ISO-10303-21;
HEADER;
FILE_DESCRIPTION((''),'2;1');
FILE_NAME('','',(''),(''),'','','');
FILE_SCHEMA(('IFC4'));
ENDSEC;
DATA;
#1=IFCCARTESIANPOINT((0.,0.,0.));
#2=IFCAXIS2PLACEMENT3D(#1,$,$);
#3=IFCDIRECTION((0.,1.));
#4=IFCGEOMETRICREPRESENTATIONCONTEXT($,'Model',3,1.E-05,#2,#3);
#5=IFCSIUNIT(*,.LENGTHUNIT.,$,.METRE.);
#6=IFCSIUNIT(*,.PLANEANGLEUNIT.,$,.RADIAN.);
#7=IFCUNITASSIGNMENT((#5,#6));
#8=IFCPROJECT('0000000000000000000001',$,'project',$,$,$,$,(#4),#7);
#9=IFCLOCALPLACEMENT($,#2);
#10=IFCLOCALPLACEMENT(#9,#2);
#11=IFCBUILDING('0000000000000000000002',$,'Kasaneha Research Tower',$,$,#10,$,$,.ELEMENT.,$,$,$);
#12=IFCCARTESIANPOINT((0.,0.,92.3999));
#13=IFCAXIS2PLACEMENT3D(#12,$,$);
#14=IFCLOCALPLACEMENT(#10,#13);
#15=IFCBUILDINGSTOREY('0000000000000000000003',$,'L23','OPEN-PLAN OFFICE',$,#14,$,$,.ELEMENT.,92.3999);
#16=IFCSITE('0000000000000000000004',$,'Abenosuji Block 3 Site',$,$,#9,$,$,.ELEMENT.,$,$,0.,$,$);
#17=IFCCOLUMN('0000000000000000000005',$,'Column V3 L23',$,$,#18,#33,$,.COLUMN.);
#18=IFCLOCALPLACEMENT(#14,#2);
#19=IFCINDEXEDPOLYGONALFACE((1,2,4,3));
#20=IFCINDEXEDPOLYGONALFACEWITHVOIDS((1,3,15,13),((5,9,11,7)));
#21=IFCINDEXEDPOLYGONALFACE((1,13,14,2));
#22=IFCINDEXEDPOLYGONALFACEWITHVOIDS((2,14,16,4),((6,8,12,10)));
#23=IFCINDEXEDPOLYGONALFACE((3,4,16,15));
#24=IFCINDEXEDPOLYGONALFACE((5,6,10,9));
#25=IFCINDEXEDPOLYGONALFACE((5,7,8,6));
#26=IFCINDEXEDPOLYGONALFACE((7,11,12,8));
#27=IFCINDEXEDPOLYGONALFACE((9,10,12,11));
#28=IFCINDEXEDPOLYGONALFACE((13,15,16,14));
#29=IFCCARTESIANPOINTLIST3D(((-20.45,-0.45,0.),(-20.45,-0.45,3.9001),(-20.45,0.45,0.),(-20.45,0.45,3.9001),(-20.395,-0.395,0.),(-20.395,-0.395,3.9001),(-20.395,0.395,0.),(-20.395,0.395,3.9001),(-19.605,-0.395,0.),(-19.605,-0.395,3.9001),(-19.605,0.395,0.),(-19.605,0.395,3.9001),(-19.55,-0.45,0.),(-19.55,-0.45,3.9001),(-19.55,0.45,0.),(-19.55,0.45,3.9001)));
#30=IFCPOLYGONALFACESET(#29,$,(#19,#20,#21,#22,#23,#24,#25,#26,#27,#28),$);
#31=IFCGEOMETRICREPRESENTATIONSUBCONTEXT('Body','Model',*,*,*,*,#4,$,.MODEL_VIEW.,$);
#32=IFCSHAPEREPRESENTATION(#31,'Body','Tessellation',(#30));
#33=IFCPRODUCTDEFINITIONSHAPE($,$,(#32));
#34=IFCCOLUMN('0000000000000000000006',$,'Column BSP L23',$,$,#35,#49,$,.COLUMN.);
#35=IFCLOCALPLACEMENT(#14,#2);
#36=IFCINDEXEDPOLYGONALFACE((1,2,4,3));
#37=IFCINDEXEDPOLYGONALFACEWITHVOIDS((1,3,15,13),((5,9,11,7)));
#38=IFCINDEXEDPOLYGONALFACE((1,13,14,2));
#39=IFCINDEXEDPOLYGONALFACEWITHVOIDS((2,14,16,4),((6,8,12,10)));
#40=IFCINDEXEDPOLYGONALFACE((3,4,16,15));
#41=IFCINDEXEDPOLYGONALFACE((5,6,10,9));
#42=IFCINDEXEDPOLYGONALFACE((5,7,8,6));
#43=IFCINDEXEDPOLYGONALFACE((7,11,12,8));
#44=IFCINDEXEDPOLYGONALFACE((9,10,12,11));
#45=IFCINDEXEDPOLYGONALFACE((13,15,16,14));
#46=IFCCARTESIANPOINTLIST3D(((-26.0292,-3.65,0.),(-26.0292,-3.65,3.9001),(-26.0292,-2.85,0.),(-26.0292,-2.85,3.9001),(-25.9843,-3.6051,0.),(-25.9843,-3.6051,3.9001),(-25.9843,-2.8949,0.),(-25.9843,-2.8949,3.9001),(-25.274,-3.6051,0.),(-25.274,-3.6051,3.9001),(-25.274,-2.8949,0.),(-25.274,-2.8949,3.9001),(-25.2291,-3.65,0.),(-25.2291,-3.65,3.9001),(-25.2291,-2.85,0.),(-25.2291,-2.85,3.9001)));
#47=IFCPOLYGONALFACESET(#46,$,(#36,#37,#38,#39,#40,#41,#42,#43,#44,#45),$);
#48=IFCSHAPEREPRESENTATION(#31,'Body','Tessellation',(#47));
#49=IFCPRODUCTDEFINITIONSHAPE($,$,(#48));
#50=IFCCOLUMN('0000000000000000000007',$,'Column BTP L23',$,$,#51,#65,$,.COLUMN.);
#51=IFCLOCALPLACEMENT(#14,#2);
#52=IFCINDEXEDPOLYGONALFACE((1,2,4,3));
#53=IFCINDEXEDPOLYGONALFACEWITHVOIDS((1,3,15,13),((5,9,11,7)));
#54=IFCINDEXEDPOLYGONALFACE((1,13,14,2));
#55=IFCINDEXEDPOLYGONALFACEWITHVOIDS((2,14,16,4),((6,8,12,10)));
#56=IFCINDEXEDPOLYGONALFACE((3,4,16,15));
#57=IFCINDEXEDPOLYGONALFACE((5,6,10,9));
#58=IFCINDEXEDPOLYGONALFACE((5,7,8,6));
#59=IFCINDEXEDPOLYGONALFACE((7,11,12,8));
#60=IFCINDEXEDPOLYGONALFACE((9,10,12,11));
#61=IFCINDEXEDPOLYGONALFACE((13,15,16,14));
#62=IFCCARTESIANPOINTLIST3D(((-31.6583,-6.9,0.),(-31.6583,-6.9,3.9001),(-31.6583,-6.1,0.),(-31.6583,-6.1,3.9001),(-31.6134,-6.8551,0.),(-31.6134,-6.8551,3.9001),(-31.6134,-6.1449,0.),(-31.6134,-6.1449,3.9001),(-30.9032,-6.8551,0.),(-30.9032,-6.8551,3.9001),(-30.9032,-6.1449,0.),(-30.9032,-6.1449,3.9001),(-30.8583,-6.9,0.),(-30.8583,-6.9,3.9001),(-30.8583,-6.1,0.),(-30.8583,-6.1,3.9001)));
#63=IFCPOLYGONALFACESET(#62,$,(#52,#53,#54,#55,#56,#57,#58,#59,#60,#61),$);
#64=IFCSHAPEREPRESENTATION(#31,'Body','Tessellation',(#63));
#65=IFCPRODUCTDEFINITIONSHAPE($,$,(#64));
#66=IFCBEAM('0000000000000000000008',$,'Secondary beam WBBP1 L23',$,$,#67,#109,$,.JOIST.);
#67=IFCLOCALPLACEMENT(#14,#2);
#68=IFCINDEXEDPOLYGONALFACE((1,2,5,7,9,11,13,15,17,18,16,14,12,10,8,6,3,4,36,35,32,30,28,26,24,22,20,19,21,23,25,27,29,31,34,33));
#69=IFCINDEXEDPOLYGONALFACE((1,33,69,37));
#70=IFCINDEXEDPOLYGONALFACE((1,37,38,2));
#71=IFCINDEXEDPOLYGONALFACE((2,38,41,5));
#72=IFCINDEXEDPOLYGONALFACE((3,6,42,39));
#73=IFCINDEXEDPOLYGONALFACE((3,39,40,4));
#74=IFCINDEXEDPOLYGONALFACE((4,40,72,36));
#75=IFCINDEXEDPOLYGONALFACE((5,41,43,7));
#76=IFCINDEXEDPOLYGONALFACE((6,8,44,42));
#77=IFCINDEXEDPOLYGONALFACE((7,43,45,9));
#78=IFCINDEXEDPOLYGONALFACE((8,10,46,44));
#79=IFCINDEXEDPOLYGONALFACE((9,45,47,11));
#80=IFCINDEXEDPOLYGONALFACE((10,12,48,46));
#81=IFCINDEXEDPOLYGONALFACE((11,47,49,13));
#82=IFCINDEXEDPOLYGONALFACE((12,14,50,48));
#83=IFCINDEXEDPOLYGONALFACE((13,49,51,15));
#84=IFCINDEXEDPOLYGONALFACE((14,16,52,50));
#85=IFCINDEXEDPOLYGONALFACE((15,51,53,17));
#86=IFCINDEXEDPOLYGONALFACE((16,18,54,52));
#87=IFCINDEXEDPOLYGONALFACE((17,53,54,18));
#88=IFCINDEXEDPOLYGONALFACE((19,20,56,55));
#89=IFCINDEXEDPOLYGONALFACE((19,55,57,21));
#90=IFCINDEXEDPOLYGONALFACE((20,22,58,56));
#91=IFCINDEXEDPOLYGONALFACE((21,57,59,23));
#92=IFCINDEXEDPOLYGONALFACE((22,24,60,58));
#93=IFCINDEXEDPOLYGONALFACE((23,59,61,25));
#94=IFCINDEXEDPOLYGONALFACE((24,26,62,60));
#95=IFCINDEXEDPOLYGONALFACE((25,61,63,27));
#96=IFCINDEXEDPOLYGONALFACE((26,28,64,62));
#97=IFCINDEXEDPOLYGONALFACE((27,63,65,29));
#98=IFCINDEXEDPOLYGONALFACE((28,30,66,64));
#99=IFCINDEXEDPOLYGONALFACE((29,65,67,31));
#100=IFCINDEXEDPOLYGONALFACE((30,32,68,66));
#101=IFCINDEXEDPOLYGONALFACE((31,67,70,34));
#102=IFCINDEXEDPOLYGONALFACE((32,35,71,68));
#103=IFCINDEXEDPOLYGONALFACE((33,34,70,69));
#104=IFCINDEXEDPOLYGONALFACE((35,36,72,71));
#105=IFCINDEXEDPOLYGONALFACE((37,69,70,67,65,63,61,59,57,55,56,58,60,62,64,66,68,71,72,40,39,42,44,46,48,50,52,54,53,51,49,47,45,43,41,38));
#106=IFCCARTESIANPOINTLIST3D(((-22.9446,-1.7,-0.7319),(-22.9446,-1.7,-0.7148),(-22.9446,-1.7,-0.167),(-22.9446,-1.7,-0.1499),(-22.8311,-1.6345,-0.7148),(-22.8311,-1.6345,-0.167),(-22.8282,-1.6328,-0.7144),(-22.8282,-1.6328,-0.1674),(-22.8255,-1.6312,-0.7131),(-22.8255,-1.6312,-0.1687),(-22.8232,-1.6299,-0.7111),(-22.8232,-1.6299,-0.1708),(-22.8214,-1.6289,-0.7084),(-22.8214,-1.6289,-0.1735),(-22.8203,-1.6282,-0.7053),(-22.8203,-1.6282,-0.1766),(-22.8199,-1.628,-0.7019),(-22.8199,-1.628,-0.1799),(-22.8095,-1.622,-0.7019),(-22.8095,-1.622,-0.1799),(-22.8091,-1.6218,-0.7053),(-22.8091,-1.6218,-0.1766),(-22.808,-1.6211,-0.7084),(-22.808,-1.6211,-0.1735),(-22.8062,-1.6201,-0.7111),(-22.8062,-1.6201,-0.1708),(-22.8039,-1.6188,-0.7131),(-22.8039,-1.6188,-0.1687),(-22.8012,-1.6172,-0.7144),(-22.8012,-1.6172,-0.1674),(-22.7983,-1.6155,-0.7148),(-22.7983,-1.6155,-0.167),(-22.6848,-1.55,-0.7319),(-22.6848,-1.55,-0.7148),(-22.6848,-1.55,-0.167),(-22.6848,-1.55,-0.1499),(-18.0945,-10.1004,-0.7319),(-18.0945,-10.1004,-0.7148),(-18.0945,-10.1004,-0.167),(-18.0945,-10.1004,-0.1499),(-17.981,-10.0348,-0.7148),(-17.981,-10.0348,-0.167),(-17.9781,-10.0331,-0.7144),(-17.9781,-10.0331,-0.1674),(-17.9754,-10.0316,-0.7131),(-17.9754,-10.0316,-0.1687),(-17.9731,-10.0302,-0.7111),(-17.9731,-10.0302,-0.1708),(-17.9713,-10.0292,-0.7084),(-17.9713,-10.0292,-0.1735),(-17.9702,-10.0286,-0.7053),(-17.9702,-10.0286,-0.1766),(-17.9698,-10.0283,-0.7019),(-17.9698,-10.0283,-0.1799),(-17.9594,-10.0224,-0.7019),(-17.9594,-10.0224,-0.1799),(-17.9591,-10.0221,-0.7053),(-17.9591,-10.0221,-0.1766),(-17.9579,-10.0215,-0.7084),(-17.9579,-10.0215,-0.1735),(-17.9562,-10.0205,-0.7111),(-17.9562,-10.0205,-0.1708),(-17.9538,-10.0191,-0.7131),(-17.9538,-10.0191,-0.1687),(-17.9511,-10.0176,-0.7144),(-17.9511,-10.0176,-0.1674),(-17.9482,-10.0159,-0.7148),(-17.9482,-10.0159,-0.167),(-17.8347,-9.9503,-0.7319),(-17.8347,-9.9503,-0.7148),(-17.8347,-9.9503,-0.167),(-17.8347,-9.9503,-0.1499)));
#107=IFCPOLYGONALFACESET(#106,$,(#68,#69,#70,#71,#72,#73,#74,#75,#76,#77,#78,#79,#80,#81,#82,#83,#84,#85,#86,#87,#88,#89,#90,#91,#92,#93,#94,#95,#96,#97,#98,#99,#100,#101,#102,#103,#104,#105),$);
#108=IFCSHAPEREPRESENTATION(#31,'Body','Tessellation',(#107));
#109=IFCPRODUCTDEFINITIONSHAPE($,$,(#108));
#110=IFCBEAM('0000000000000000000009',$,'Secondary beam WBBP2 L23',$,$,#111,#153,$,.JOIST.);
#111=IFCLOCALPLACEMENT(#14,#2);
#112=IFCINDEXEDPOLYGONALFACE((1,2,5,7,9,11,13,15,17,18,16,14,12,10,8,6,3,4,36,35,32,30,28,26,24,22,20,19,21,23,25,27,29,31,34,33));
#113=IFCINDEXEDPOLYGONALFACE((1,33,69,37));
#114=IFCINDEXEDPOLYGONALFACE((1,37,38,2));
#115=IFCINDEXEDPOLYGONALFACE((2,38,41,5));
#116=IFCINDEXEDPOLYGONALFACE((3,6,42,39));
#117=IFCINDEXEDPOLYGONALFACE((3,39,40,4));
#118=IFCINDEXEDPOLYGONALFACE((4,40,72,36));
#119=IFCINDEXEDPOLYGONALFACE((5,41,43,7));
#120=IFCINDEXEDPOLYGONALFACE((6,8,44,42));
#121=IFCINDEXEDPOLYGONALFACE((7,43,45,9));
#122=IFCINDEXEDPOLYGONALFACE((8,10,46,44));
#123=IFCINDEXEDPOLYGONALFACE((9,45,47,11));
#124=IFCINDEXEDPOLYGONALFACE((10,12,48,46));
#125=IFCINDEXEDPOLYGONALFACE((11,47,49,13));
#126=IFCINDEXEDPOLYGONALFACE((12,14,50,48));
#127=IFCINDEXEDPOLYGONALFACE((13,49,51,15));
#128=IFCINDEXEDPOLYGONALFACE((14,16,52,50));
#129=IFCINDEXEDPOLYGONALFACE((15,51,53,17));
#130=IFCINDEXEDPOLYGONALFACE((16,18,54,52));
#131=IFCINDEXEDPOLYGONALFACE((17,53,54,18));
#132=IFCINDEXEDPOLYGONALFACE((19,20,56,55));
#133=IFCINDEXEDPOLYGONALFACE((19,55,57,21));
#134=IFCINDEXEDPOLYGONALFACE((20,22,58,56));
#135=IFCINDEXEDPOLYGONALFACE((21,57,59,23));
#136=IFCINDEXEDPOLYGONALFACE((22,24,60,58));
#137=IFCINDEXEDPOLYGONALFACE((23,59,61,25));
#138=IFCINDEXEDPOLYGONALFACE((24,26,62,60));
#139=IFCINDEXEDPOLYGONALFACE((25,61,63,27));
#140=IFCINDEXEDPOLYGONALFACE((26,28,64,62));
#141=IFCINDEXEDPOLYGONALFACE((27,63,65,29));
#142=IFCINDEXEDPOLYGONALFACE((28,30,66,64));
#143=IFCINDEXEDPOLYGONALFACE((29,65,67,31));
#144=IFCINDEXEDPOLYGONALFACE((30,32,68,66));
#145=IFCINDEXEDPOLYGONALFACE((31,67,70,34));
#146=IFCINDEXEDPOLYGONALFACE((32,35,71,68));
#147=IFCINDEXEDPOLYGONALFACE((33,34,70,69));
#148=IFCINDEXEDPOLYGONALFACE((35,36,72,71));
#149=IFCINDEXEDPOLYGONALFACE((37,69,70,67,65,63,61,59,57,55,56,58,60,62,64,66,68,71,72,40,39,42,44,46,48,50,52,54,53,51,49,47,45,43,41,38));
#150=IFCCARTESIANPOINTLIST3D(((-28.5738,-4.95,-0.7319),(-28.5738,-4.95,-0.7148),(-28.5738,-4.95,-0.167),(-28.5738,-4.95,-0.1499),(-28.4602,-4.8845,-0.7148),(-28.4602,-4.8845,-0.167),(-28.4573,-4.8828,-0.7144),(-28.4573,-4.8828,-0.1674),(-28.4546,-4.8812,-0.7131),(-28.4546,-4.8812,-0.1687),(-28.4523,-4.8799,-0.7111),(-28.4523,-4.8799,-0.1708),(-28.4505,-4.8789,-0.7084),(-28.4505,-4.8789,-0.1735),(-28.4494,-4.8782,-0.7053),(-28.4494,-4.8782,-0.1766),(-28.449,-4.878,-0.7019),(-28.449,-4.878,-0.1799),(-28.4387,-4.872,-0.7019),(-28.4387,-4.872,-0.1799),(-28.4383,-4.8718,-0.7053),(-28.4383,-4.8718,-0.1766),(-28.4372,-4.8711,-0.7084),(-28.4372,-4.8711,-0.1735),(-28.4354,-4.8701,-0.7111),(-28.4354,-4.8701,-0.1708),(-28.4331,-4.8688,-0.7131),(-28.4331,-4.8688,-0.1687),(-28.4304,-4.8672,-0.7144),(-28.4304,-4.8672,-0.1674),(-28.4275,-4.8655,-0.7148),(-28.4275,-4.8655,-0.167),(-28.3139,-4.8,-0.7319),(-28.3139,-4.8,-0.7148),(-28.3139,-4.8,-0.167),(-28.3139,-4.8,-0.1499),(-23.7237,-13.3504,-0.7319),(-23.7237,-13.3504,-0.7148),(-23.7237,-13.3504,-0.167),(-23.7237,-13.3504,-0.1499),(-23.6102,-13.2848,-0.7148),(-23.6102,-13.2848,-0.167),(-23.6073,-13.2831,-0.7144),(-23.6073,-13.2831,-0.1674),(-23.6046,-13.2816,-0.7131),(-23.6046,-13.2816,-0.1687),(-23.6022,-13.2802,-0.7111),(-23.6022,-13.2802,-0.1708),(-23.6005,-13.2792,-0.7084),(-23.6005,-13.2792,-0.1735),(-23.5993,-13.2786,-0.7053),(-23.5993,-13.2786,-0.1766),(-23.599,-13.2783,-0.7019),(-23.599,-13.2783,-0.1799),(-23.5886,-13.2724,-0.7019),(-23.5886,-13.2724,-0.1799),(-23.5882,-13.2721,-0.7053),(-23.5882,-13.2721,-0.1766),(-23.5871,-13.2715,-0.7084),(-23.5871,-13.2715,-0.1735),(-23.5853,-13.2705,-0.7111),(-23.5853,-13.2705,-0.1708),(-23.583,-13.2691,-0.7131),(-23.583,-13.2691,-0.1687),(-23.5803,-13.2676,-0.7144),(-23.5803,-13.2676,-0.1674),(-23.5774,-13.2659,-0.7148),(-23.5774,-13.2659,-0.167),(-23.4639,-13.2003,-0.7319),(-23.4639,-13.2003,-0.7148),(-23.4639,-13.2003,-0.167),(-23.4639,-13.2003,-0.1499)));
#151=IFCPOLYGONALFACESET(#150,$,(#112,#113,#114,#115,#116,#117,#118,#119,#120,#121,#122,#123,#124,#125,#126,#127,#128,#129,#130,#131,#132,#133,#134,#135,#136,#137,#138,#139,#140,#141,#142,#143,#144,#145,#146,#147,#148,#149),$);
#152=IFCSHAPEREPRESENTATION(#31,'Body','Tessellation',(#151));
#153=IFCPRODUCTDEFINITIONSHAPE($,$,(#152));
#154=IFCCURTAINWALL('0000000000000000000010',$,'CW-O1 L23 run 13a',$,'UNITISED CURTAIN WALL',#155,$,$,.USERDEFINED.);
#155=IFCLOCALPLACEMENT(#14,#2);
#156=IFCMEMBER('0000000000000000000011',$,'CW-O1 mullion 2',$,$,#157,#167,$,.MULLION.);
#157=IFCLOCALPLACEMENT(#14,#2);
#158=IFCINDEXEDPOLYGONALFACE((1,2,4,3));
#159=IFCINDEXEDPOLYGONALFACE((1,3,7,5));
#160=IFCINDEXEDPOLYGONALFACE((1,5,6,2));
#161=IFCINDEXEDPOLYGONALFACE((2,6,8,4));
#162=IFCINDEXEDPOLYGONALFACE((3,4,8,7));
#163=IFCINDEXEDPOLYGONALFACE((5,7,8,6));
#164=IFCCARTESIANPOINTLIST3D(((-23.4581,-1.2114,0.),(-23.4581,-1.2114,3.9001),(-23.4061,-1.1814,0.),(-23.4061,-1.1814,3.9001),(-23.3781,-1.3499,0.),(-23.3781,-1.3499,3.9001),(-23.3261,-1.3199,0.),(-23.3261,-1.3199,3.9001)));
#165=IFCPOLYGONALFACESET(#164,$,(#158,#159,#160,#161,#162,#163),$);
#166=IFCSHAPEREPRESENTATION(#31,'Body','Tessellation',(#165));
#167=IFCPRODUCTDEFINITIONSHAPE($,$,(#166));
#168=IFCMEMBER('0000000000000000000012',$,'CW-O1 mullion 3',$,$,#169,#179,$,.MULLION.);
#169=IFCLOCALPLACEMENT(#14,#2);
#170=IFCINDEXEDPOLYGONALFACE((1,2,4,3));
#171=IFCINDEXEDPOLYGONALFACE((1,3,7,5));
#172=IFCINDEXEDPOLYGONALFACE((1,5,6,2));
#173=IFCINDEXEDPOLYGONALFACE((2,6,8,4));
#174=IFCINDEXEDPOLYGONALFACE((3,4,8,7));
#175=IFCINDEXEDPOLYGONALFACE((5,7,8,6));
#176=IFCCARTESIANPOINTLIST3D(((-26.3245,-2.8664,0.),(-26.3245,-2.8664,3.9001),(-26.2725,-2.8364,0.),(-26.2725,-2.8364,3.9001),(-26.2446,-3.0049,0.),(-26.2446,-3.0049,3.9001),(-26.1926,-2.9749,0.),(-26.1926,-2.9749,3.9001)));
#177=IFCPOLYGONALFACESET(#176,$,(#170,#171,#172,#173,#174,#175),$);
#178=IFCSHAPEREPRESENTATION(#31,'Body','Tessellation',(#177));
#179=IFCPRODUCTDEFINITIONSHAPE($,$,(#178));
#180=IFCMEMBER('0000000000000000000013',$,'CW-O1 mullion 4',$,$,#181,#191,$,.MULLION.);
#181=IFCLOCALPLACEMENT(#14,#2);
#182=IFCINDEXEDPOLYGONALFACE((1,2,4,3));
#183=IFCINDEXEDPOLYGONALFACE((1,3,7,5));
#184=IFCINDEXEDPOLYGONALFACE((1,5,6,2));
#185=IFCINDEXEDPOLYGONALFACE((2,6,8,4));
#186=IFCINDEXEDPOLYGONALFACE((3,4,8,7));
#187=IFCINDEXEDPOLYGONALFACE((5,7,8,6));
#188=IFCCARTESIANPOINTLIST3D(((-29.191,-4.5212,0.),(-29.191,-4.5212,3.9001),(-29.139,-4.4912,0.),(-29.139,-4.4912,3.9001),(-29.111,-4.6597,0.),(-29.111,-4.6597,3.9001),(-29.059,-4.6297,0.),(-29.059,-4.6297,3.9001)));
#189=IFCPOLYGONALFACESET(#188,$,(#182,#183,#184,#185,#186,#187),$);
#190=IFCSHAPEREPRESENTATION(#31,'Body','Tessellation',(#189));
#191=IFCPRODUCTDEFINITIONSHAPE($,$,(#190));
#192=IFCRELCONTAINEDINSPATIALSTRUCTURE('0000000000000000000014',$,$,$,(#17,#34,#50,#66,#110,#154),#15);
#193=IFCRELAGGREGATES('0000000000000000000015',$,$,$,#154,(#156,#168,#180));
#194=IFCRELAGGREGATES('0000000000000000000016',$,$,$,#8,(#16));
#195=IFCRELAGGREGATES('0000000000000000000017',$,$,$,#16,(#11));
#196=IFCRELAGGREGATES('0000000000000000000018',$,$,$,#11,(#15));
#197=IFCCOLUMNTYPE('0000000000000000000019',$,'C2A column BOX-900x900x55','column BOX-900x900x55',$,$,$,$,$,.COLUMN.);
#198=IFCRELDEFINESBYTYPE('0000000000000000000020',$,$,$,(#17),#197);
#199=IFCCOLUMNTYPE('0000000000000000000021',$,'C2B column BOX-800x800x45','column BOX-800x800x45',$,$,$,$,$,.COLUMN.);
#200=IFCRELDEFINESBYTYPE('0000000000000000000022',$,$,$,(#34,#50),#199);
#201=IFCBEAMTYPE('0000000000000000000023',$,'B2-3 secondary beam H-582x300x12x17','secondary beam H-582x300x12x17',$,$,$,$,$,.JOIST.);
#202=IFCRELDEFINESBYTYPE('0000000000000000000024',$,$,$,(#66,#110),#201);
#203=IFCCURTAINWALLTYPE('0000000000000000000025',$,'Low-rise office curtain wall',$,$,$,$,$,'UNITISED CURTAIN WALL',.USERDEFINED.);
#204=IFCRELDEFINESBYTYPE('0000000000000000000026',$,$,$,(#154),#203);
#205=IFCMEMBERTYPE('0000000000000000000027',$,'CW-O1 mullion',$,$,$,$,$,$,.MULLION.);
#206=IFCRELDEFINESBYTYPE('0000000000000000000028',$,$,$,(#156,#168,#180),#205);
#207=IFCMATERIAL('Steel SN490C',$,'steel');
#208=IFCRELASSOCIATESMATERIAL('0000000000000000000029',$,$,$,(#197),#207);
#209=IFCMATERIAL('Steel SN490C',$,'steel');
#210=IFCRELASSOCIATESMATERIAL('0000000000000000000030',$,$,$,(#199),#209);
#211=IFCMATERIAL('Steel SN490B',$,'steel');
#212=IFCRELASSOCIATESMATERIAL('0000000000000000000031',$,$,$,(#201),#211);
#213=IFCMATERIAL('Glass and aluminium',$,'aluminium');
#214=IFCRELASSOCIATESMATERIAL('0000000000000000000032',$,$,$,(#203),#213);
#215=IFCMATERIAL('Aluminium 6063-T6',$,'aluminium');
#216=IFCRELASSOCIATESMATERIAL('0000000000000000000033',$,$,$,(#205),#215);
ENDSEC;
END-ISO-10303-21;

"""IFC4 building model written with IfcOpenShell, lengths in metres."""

from ifc_helpers import new_model, si_unit, direction, frame, origin, origin_2d, place, context, subcontext, project, spatial, rectangle, hollow_rectangle, i_section, extrude, material, material_profile, profile_set, type_object, element, aggregate, save


model = new_model("IFC4")

# Units and contexts
model_context = context("Model", 3, precision=1e-05, world=origin(), true_north=direction((0.0, 1.0)))
body_context = subcontext(model_context, "Body", "Model", "MODEL_VIEW")
ifc_project = project(units=[si_unit("LENGTHUNIT", "METRE"), si_unit("PLANEANGLEUNIT", "RADIAN")], contexts=[model_context])

# Site, building, storey
site_placement = place(None, origin())
site = spatial("IfcSite", under=ifc_project, at=site_placement, Name="Abenosuji Block 3 Site", CompositionType="ELEMENT", RefElevation=0.0)
building_placement = place(site_placement, origin())
building = spatial("IfcBuilding", under=site, at=building_placement, Name="Kasaneha Research Tower", CompositionType="ELEMENT")
storey_placement = place(building_placement, frame((0.0, 0.0, 92.3999)))
storey = spatial("IfcBuildingStorey", under=building, at=storey_placement, Name="L23", Description="OPEN-PLAN OFFICE", CompositionType="ELEMENT", Elevation=92.3999)

# Columns
ifc_material_1 = material(Name="Steel SN490C", Category="steel")
ifc_material_profile_1 = material_profile(ifc_material_1, hollow_rectangle(XDim=0.8999, YDim=0.8999, WallThickness=0.0549, at=origin_2d()), Name="BOX-900x900x55")
ifc_profile_set_1 = profile_set([ifc_material_profile_1], Name="Steel SN490C")
column_type_1 = type_object("IfcColumnType", Name="C2A column BOX-900x900x55", Description="column BOX-900x900x55", PredefinedType="COLUMN", material=ifc_profile_set_1)
column_placement = place(storey_placement, frame((-20.0, 0.0, 0.0), z_axis=(0.0, 0.0, 1.0), x_axis=(1.0, 0.0, 0.0)))
element("IfcColumn", 1, at=column_placement, inside=storey, type_object=column_type_1, Name="Column V3 L23", PredefinedType="COLUMN", context=body_context, shape_type="SweptSolid", body=[
    extrude(hollow_rectangle(XDim=0.8999, YDim=0.8999, WallThickness=0.0549, at=origin_2d()), origin(), (0.0, 0.0, 1.0), 3.9001),
])
ifc_material_2 = material(Name="Steel SN490C", Category="steel")
ifc_material_profile_2 = material_profile(ifc_material_2, hollow_rectangle(XDim=0.8, YDim=0.8, WallThickness=0.0449, at=origin_2d()), Name="BOX-800x800x45")
ifc_profile_set_2 = profile_set([ifc_material_profile_2], Name="Steel SN490C")
column_type_2 = type_object("IfcColumnType", Name="C2B column BOX-800x800x45", Description="column BOX-800x800x45", PredefinedType="COLUMN", material=ifc_profile_set_2)
for number, where, z_axis, x_axis, name in (
    (2, (-25.6292, -3.25, 0.0), (0.0, 0.0, 1.0), (1.0, 0.0, 0.0), "Column BSP L23"),
    (3, (-31.2583, -6.5, 0.0), (0.0, 0.0, 1.0), (1.0, 0.0, 0.0), "Column BTP L23"),
):
    element("IfcColumn", number, at=place(storey_placement, frame(where, z_axis=z_axis, x_axis=x_axis)), inside=storey, type_object=column_type_2, Name=name, PredefinedType="COLUMN", context=body_context, shape_type="SweptSolid", body=[
        extrude(hollow_rectangle(XDim=0.8, YDim=0.8, WallThickness=0.0449, at=origin_2d()), origin(), (0.0, 0.0, 1.0), 3.9001),
    ])

# Beams
ifc_material_3 = material(Name="Steel SN490B", Category="steel")
ifc_material_profile_3 = material_profile(ifc_material_3, i_section(OverallWidth=0.3, OverallDepth=0.582, WebThickness=0.012, FlangeThickness=0.0171, FilletRadius=0.0129, at=origin_2d()), Name="H-582x300x12x17")
ifc_profile_set_3 = profile_set([ifc_material_profile_3], Name="Steel SN490B")
beam_type_1 = type_object("IfcBeamType", Name="B2-3 secondary beam H-582x300x12x17", Description="secondary beam H-582x300x12x17", PredefinedType="JOIST", material=ifc_profile_set_3)
for number, where, z_axis, x_axis, name in (
    (4, (-22.8147, -1.625, -0.4409), (0.50001, -0.86602, 0.0), (0.86602, 0.50001, 0.0), "Secondary beam WBBP1 L23"),
    (5, (-28.4438, -4.875, -0.4409), (0.50001, -0.86602, 0.0), (0.86602, 0.50001, 0.0), "Secondary beam WBBP2 L23"),
):
    element("IfcBeam", number, at=place(storey_placement, frame(where, z_axis=z_axis, x_axis=x_axis)), inside=storey, type_object=beam_type_1, Name=name, PredefinedType="JOIST", context=body_context, shape_type="SweptSolid", body=[
        extrude(i_section(OverallWidth=0.3, OverallDepth=0.582, WebThickness=0.012, FlangeThickness=0.0171, FilletRadius=0.0129, at=origin_2d()), origin(), (0.0, 0.0, 1.0), 9.7),
    ])

# Curtain wall, members
ifc_material_4 = material(Name="Glass and aluminium", Category="aluminium")
curtain_wall_type = type_object("IfcCurtainWallType", Name="Low-rise office curtain wall", ElementType="UNITISED CURTAIN WALL", PredefinedType="USERDEFINED", material=ifc_material_4)
curtain_wall_1_placement = place(storey_placement, origin())
curtain_wall_1 = element("IfcCurtainWall", 6, at=curtain_wall_1_placement, inside=storey, type_object=curtain_wall_type, Name="CW-O1 L23 run 13a", ObjectType="UNITISED CURTAIN WALL", PredefinedType="USERDEFINED")
ifc_material_5 = material(Name="Aluminium 6063-T6", Category="aluminium")
ifc_material_profile_4 = material_profile(ifc_material_5, rectangle(XDim=0.0601, YDim=0.1599, at=origin_2d()), Name="CW-O1 mullion 60x160")
ifc_profile_set_4 = profile_set([ifc_material_profile_4], Name="Aluminium 6063-T6")
member_type_1 = type_object("IfcMemberType", Name="CW-O1 mullion", PredefinedType="MULLION", material=ifc_profile_set_4)
member_1_placement = place(storey_placement, frame((-23.3921, -1.2656, 0.0), z_axis=(0.0, 0.0, 1.0), x_axis=(-0.866025, -0.5, 0.0)))
member_1 = element("IfcMember", 7, at=member_1_placement, type_object=member_type_1, Name="CW-O1 mullion 2", PredefinedType="MULLION", context=body_context, shape_type="SweptSolid", body=[
    extrude(rectangle(XDim=0.0601, YDim=0.1599, at=origin_2d()), origin(), (0.0, 0.0, 1.0), 3.9001),
])
member_2_placement = place(storey_placement, frame((-26.2585, -2.9207, 0.0), z_axis=(0.0, 0.0, 1.0), x_axis=(-0.866025, -0.5, 0.0)))
member_2 = element("IfcMember", 8, at=member_2_placement, type_object=member_type_1, Name="CW-O1 mullion 3", PredefinedType="MULLION", context=body_context, shape_type="SweptSolid", body=[
    extrude(rectangle(XDim=0.0601, YDim=0.1599, at=origin_2d()), origin(), (0.0, 0.0, 1.0), 3.9001),
])
member_3_placement = place(storey_placement, frame((-29.125, -4.5754, 0.0), z_axis=(0.0, 0.0, 1.0), x_axis=(-0.866025, -0.5, 0.0)))
member_3 = element("IfcMember", 9, at=member_3_placement, type_object=member_type_1, Name="CW-O1 mullion 4", PredefinedType="MULLION", context=body_context, shape_type="SweptSolid", body=[
    extrude(rectangle(XDim=0.0601, YDim=0.1599, at=origin_2d()), origin(), (0.0, 0.0, 1.0), 3.9001),
])

aggregate(curtain_wall_1, [member_1, member_2, member_3])

save(model, "model.ifc")
